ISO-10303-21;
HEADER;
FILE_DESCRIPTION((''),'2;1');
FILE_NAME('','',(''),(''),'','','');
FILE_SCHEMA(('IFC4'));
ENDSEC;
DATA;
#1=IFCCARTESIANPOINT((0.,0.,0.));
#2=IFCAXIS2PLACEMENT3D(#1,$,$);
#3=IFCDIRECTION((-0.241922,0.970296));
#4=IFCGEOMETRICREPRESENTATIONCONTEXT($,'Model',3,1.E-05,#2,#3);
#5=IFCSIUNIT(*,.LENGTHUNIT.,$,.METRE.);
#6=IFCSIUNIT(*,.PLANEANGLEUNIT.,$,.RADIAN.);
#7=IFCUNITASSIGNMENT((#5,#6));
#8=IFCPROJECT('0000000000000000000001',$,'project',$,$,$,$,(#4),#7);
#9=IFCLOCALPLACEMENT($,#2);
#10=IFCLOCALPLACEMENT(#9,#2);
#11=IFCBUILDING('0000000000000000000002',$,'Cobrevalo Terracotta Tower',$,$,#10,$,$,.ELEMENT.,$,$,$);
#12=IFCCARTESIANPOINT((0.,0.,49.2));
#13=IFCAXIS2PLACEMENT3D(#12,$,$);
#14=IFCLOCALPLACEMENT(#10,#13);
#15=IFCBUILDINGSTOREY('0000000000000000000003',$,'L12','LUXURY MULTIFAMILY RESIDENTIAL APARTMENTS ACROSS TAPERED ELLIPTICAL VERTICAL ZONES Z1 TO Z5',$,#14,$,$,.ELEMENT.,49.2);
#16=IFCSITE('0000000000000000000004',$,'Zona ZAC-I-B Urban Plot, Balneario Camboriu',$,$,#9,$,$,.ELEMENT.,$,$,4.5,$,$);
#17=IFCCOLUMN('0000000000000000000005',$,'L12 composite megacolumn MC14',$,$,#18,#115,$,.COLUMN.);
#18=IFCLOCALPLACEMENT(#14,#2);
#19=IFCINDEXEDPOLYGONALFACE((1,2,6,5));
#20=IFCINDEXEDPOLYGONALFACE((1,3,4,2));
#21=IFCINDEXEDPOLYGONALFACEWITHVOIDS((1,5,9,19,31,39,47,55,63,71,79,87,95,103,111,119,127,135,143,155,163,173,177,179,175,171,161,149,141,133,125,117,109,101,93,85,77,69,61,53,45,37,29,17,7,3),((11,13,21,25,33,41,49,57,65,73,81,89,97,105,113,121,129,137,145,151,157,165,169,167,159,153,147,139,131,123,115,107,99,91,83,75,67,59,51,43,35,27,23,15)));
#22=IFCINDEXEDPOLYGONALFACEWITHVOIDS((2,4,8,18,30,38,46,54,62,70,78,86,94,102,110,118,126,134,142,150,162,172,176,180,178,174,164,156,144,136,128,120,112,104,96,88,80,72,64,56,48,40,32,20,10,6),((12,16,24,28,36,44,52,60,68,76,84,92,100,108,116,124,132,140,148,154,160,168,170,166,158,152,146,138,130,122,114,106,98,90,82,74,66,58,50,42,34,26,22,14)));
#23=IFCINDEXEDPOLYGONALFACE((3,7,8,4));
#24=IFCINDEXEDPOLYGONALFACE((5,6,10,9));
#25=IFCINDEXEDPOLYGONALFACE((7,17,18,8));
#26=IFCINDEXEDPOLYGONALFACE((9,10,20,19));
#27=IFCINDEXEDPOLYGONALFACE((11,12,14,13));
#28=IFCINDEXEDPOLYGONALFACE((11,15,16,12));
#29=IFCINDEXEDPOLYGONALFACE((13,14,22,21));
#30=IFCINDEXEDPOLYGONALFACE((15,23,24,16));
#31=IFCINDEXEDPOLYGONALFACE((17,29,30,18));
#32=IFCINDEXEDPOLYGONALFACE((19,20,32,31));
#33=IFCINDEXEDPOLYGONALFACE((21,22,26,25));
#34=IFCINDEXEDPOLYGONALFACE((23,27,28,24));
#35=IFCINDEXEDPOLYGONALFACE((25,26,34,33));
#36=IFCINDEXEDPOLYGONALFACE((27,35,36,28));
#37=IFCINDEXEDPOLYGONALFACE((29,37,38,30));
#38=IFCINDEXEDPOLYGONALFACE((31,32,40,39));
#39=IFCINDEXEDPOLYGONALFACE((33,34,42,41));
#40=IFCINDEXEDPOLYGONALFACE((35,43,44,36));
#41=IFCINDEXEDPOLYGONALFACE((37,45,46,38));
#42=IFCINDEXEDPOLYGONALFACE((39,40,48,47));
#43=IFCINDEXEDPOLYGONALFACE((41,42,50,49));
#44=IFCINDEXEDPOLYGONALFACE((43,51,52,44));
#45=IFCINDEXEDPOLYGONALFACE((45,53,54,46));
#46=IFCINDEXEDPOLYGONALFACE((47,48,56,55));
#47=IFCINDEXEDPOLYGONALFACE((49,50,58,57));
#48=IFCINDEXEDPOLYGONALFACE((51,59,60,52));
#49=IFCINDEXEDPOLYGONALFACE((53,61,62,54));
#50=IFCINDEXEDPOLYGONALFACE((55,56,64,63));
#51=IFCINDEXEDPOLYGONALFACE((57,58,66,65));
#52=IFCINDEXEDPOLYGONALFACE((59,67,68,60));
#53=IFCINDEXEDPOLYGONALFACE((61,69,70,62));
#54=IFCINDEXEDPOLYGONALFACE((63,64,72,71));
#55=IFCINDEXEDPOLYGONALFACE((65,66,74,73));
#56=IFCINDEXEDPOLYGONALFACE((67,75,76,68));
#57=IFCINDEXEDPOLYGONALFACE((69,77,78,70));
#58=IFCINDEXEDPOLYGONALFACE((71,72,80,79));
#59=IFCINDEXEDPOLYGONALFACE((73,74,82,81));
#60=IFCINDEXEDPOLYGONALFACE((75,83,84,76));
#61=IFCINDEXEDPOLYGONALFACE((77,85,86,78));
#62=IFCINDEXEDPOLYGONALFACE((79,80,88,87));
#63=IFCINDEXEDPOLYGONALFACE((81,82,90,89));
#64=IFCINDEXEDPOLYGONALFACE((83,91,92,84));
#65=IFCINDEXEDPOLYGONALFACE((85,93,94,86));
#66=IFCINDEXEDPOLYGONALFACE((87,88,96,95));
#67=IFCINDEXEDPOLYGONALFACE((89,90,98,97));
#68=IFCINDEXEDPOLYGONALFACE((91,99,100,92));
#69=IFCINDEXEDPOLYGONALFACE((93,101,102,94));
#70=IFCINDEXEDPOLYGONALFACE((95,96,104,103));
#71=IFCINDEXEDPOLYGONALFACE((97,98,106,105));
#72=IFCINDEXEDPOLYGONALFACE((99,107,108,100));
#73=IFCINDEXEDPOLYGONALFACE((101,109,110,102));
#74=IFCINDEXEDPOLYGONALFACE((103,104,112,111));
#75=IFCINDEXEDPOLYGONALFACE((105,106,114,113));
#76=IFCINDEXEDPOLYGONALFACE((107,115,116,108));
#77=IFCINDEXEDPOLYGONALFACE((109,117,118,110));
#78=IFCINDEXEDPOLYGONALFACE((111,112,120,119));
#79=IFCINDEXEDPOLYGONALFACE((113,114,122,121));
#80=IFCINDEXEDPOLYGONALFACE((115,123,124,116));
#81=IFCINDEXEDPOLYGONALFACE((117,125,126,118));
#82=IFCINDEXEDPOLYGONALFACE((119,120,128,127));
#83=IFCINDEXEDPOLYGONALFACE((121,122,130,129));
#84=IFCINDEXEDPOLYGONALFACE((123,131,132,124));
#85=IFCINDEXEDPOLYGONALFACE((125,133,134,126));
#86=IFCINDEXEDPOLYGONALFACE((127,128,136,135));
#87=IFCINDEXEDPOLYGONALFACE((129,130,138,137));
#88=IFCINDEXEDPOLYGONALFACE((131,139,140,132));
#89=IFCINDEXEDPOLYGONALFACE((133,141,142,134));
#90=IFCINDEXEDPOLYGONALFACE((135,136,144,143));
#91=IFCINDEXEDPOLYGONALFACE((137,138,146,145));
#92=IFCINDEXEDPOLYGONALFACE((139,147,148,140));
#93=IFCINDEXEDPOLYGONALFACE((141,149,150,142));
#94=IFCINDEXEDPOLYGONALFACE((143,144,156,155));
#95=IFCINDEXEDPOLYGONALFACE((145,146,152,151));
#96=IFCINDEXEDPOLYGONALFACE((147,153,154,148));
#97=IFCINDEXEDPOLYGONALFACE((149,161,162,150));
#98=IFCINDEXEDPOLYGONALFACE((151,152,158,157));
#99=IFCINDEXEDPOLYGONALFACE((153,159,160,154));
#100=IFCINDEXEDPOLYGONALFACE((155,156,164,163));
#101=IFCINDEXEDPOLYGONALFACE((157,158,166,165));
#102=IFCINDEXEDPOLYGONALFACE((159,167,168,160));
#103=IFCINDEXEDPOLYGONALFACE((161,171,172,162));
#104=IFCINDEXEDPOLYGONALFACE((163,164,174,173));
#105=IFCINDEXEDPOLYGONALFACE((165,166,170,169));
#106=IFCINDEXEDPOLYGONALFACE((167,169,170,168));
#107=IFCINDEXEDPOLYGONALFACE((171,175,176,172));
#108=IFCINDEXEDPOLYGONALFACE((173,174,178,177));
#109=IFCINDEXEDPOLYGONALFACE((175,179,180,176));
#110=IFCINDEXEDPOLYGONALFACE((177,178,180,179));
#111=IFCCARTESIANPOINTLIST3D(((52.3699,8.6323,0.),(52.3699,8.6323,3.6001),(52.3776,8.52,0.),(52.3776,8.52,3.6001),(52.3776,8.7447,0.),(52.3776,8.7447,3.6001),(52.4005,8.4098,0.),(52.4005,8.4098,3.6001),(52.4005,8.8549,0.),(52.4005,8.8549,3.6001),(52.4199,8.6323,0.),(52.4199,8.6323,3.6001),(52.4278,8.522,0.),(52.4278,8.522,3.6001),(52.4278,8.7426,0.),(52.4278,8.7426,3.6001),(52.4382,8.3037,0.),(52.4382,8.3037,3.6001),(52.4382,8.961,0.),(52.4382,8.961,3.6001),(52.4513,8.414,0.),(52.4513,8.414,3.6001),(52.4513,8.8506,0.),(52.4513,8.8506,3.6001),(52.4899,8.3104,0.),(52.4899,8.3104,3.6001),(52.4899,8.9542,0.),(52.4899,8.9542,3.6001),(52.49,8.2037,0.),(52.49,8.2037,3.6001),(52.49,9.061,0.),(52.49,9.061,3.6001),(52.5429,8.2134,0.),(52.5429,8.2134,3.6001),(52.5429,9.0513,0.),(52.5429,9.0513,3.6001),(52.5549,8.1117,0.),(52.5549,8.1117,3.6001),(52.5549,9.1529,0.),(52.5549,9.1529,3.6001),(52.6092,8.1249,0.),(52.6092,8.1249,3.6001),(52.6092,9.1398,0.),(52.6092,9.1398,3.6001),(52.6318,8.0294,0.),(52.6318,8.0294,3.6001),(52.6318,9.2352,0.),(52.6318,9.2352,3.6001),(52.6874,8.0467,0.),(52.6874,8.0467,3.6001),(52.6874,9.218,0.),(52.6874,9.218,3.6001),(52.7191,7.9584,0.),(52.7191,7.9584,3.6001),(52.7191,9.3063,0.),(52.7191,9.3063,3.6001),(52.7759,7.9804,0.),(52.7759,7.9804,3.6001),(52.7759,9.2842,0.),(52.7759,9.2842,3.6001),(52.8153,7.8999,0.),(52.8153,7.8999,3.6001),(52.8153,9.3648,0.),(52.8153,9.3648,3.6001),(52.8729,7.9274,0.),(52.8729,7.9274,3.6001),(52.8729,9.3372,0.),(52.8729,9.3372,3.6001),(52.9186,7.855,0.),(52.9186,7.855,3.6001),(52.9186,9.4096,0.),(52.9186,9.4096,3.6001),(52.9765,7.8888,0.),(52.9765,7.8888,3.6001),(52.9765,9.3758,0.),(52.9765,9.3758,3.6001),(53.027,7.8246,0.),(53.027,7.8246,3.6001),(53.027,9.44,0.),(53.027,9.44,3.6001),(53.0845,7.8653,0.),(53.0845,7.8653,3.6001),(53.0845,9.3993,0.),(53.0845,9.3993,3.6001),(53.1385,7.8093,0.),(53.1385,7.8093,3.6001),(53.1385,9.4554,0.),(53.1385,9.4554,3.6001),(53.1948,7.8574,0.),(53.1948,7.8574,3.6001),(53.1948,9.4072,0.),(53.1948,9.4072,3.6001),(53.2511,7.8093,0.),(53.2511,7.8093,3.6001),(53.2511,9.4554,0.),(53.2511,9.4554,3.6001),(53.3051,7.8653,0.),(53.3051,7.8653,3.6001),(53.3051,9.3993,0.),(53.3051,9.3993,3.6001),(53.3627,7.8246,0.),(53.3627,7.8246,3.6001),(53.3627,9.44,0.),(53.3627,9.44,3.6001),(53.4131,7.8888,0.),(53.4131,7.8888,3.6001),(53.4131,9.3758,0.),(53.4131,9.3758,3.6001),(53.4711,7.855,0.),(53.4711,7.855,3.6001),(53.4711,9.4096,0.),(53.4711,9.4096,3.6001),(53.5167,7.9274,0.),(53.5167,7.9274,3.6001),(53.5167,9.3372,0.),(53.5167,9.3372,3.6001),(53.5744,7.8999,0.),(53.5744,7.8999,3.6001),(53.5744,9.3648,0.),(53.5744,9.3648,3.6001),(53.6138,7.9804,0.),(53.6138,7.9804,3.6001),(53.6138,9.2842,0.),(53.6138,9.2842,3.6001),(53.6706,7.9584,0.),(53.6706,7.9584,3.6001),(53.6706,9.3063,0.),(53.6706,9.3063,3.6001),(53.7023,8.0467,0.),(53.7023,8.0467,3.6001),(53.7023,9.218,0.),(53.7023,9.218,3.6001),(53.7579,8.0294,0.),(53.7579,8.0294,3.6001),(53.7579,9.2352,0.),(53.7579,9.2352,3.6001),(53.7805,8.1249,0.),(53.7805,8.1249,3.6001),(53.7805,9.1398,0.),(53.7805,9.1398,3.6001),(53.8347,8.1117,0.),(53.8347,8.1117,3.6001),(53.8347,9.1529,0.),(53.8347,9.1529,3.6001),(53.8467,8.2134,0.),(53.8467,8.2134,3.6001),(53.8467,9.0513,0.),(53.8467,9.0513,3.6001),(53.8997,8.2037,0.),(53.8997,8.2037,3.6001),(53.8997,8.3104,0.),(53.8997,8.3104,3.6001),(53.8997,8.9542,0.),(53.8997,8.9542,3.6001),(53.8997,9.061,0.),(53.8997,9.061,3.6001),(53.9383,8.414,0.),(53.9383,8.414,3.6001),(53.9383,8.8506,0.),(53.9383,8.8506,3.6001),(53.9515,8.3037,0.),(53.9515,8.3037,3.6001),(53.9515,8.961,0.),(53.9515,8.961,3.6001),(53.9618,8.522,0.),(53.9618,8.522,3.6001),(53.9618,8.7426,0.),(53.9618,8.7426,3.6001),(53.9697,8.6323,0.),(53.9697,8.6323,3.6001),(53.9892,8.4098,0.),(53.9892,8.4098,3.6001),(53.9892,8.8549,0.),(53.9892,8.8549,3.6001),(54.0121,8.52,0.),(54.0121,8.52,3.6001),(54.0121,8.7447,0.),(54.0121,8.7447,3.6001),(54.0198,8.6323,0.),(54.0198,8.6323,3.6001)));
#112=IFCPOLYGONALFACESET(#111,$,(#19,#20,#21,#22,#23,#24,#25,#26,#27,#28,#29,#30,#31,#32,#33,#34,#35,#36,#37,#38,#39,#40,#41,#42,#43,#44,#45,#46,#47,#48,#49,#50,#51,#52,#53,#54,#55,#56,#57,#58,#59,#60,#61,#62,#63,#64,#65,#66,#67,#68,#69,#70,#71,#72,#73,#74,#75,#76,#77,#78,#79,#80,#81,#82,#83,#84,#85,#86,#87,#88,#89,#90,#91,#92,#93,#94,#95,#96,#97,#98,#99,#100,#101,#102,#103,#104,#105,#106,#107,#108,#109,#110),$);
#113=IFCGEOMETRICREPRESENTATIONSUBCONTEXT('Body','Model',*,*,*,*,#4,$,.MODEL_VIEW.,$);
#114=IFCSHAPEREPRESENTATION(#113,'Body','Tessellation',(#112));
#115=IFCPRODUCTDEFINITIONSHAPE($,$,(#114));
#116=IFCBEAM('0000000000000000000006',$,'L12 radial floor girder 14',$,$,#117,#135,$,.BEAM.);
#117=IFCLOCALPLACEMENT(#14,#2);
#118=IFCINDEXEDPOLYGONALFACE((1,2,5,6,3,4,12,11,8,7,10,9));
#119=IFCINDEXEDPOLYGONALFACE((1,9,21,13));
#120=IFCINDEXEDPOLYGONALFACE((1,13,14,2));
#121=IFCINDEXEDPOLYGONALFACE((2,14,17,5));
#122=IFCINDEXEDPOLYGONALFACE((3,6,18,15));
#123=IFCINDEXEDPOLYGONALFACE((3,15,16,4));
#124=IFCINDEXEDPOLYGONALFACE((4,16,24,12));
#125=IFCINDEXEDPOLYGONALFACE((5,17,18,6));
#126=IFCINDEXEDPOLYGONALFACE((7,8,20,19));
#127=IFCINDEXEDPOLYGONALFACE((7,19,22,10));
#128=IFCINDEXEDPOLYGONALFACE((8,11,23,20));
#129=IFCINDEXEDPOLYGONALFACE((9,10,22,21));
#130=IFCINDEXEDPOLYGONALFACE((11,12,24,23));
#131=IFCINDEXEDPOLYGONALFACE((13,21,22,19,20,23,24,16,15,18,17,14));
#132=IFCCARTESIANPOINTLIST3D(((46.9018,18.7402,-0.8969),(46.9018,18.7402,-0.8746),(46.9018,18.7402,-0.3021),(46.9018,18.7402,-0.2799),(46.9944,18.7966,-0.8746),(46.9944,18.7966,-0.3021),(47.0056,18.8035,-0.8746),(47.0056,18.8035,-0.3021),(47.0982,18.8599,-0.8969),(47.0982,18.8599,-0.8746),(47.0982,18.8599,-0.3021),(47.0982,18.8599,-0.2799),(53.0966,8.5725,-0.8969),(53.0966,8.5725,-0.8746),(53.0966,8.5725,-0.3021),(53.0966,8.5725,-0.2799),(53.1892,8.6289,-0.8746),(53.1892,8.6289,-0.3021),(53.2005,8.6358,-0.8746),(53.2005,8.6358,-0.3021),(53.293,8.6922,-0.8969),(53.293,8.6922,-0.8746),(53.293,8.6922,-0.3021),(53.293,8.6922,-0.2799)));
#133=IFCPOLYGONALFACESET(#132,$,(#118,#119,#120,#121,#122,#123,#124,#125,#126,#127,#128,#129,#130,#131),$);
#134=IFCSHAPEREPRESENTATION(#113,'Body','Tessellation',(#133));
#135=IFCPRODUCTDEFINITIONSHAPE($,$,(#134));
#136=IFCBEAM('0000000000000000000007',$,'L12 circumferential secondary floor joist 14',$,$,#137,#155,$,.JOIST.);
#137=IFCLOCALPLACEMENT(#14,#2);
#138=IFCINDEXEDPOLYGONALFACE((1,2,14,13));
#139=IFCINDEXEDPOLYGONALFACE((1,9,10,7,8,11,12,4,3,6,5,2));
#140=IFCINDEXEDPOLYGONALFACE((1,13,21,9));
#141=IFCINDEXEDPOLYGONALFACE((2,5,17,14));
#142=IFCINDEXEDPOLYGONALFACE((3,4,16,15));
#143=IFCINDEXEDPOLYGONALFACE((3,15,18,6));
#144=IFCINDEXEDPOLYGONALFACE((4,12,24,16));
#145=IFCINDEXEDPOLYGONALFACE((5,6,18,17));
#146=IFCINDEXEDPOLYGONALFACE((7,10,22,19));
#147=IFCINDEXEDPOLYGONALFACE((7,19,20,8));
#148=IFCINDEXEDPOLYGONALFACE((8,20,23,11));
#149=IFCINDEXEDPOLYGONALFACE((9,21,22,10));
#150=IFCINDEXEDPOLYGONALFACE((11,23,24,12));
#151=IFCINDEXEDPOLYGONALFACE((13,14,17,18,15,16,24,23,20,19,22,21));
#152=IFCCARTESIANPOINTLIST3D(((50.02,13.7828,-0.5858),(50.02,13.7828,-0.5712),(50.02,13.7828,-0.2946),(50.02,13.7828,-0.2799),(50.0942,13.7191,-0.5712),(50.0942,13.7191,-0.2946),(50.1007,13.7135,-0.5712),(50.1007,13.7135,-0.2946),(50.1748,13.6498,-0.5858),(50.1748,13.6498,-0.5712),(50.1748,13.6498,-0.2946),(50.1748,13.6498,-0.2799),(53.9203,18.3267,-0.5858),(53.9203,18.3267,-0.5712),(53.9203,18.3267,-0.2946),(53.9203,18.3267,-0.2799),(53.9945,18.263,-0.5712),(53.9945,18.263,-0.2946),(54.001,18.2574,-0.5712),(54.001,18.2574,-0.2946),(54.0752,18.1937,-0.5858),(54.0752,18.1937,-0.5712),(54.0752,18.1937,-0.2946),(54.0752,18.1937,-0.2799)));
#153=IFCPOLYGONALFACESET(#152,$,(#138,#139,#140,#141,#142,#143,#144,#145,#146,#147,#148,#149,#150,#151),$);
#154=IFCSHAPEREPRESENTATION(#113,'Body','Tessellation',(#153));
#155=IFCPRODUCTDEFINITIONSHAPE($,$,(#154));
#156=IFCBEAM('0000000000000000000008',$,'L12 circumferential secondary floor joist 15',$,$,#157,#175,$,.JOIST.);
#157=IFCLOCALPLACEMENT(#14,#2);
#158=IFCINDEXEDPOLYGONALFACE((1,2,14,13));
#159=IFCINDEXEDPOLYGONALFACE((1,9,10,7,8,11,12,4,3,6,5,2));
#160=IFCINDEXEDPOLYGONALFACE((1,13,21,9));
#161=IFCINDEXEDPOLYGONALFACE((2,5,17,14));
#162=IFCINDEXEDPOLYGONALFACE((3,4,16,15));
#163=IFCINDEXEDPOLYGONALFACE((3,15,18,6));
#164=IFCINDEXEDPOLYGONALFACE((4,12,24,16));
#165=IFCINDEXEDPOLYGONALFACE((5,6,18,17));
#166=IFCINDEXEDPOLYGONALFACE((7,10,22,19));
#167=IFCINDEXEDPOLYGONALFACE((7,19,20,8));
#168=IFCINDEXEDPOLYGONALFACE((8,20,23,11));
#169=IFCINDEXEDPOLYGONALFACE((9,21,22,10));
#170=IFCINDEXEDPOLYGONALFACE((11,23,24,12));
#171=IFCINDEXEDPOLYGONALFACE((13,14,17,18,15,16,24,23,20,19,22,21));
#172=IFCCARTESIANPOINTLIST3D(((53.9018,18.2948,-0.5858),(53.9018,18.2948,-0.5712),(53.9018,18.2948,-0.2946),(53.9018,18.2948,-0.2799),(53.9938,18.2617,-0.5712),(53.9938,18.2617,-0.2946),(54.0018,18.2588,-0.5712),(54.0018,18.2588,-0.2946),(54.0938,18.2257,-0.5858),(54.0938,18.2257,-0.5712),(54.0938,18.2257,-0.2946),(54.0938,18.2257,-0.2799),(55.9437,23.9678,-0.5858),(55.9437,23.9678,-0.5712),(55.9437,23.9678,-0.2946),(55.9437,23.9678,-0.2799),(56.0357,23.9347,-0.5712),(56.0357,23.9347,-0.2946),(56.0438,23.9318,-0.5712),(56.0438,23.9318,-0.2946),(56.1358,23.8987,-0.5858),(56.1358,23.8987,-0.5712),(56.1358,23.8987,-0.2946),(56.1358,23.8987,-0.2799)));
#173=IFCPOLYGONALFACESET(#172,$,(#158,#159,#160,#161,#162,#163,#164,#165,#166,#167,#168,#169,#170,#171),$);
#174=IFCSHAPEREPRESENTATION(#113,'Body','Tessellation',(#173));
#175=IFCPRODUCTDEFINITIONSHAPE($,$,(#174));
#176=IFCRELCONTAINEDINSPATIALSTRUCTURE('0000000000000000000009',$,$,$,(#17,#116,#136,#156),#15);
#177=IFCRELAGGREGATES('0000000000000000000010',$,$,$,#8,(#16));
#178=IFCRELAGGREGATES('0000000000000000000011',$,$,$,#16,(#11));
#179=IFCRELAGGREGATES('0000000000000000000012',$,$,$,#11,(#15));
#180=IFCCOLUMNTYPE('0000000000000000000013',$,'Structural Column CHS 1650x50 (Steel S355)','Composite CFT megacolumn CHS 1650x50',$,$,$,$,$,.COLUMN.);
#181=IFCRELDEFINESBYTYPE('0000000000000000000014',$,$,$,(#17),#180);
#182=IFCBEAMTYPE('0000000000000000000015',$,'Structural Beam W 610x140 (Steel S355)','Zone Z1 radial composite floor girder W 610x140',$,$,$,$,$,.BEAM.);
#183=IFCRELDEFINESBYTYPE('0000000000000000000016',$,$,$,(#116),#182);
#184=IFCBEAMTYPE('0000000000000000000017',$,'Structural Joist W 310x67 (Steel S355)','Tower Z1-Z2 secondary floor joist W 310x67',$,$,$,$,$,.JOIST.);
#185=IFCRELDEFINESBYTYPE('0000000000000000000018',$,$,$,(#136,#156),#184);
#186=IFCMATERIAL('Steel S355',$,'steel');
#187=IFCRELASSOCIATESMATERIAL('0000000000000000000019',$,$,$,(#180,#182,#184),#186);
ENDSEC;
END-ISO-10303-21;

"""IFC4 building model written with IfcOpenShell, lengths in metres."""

from ifc_helpers import new_model, si_unit, direction, frame, origin, origin_2d, place, context, subcontext, project, spatial, hollow_circle, i_section, extrude, material, material_profile, profile_set, type_object, element, save


model = new_model("IFC4")

# Units and contexts
model_context = context("Model", 3, precision=1e-05, world=origin(), true_north=direction((-0.241922, 0.970296)))
body_context = subcontext(model_context, "Body", "Model", "MODEL_VIEW")
ifc_project = project(units=[si_unit("LENGTHUNIT", "METRE"), si_unit("PLANEANGLEUNIT", "RADIAN")], contexts=[model_context])

# Site, building, storey
site_placement = place(None, origin())
site = spatial("IfcSite", under=ifc_project, at=site_placement, Name="Zona ZAC-I-B Urban Plot, Balneario Camboriu", CompositionType="ELEMENT", RefElevation=4.5)
building_placement = place(site_placement, origin())
building = spatial("IfcBuilding", under=site, at=building_placement, Name="Cobrevalo Terracotta Tower", CompositionType="ELEMENT")
storey_placement = place(building_placement, frame((0.0, 0.0, 49.2)))
storey = spatial("IfcBuildingStorey", under=building, at=storey_placement, Name="L12", Description="LUXURY MULTIFAMILY RESIDENTIAL APARTMENTS ACROSS TAPERED ELLIPTICAL VERTICAL ZONES Z1 TO Z5", CompositionType="ELEMENT", Elevation=49.2)

# Column
ifc_material_1 = material(Name="Steel S355", Category="steel")
ifc_material_profile_1 = material_profile(ifc_material_1, hollow_circle(Radius=0.825, WallThickness=0.05, at=origin_2d()), Name="CHS 1650x50")
ifc_profile_set_1 = profile_set([ifc_material_profile_1], Name="Steel S355")
column_type = type_object("IfcColumnType", Name="Structural Column CHS 1650x50 (Steel S355)", Description="Composite CFT megacolumn CHS 1650x50", PredefinedType="COLUMN", material=ifc_profile_set_1)
column_placement = place(storey_placement, frame((53.1948, 8.6323, 0.0), z_axis=(0.0, 0.0, 1.0), x_axis=(1.0, 0.0, 0.0)))
element("IfcColumn", 1, at=column_placement, inside=storey, type_object=column_type, Name="L12 composite megacolumn MC14", PredefinedType="COLUMN", context=body_context, shape_type="SweptSolid", body=[
    extrude(hollow_circle(Radius=0.825, WallThickness=0.05, at=origin_2d()), origin(), (0.0, 0.0, 1.0), 3.6001),
])

# Beams
ifc_material_profile_2 = material_profile(ifc_material_1, i_section(OverallWidth=0.23, OverallDepth=0.6169, WebThickness=0.0132, FlangeThickness=0.0222, at=origin_2d()), Name="W 610x140")
ifc_profile_set_2 = profile_set([ifc_material_profile_2], Name="Steel S355")
beam_type_1 = type_object("IfcBeamType", Name="Structural Beam W 610x140 (Steel S355)", Description="Zone Z1 radial composite floor girder W 610x140", PredefinedType="BEAM", material=ifc_profile_set_2)
beam_1_placement = place(storey_placement, frame((53.1948, 8.6323, -0.5884), z_axis=(-0.520301, 0.853983, 0.0), x_axis=(-0.853983, -0.520301, 0.0)))
element("IfcBeam", 2, at=beam_1_placement, inside=storey, type_object=beam_type_1, Name="L12 radial floor girder 14", PredefinedType="BEAM", context=body_context, shape_type="SweptSolid", body=[
    extrude(i_section(OverallWidth=0.23, OverallDepth=0.6169, WebThickness=0.0132, FlangeThickness=0.0222, at=origin_2d()), origin(), (0.0, 0.0, 1.0), 11.9062),
])
ifc_material_profile_3 = material_profile(ifc_material_1, i_section(OverallWidth=0.2041, OverallDepth=0.3059, WebThickness=0.0085, FlangeThickness=0.0146, at=origin_2d()), Name="W 310x67")
ifc_profile_set_3 = profile_set([ifc_material_profile_3], Name="Steel S355")
beam_type_2 = type_object("IfcBeamType", Name="Structural Joist W 310x67 (Steel S355)", Description="Tower Z1-Z2 secondary floor joist W 310x67", PredefinedType="JOIST", material=ifc_profile_set_3)
beam_2_placement = place(storey_placement, frame((50.0974, 13.7163, -0.4329), z_axis=(0.651328, 0.758796, 0.0), x_axis=(-0.758796, 0.651328, 0.0)))
element("IfcBeam", 3, at=beam_2_placement, inside=storey, type_object=beam_type_2, Name="L12 circumferential secondary floor joist 14", PredefinedType="JOIST", context=body_context, shape_type="SweptSolid", body=[
    extrude(i_section(OverallWidth=0.2041, OverallDepth=0.3059, WebThickness=0.0085, FlangeThickness=0.0146, at=origin_2d()), origin(), (0.0, 0.0, 1.0), 5.9883),
])
beam_3_placement = place(storey_placement, frame((53.9978, 18.2603, -0.4329), z_axis=(0.338672, 0.940904, 0.0), x_axis=(-0.940904, 0.338672, 0.0)))
element("IfcBeam", 4, at=beam_3_placement, inside=storey, type_object=beam_type_2, Name="L12 circumferential secondary floor joist 15", PredefinedType="JOIST", context=body_context, shape_type="SweptSolid", body=[
    extrude(i_section(OverallWidth=0.2041, OverallDepth=0.3059, WebThickness=0.0085, FlangeThickness=0.0146, at=origin_2d()), origin(), (0.0, 0.0, 1.0), 6.0293),
])

save(model, "model.ifc")
